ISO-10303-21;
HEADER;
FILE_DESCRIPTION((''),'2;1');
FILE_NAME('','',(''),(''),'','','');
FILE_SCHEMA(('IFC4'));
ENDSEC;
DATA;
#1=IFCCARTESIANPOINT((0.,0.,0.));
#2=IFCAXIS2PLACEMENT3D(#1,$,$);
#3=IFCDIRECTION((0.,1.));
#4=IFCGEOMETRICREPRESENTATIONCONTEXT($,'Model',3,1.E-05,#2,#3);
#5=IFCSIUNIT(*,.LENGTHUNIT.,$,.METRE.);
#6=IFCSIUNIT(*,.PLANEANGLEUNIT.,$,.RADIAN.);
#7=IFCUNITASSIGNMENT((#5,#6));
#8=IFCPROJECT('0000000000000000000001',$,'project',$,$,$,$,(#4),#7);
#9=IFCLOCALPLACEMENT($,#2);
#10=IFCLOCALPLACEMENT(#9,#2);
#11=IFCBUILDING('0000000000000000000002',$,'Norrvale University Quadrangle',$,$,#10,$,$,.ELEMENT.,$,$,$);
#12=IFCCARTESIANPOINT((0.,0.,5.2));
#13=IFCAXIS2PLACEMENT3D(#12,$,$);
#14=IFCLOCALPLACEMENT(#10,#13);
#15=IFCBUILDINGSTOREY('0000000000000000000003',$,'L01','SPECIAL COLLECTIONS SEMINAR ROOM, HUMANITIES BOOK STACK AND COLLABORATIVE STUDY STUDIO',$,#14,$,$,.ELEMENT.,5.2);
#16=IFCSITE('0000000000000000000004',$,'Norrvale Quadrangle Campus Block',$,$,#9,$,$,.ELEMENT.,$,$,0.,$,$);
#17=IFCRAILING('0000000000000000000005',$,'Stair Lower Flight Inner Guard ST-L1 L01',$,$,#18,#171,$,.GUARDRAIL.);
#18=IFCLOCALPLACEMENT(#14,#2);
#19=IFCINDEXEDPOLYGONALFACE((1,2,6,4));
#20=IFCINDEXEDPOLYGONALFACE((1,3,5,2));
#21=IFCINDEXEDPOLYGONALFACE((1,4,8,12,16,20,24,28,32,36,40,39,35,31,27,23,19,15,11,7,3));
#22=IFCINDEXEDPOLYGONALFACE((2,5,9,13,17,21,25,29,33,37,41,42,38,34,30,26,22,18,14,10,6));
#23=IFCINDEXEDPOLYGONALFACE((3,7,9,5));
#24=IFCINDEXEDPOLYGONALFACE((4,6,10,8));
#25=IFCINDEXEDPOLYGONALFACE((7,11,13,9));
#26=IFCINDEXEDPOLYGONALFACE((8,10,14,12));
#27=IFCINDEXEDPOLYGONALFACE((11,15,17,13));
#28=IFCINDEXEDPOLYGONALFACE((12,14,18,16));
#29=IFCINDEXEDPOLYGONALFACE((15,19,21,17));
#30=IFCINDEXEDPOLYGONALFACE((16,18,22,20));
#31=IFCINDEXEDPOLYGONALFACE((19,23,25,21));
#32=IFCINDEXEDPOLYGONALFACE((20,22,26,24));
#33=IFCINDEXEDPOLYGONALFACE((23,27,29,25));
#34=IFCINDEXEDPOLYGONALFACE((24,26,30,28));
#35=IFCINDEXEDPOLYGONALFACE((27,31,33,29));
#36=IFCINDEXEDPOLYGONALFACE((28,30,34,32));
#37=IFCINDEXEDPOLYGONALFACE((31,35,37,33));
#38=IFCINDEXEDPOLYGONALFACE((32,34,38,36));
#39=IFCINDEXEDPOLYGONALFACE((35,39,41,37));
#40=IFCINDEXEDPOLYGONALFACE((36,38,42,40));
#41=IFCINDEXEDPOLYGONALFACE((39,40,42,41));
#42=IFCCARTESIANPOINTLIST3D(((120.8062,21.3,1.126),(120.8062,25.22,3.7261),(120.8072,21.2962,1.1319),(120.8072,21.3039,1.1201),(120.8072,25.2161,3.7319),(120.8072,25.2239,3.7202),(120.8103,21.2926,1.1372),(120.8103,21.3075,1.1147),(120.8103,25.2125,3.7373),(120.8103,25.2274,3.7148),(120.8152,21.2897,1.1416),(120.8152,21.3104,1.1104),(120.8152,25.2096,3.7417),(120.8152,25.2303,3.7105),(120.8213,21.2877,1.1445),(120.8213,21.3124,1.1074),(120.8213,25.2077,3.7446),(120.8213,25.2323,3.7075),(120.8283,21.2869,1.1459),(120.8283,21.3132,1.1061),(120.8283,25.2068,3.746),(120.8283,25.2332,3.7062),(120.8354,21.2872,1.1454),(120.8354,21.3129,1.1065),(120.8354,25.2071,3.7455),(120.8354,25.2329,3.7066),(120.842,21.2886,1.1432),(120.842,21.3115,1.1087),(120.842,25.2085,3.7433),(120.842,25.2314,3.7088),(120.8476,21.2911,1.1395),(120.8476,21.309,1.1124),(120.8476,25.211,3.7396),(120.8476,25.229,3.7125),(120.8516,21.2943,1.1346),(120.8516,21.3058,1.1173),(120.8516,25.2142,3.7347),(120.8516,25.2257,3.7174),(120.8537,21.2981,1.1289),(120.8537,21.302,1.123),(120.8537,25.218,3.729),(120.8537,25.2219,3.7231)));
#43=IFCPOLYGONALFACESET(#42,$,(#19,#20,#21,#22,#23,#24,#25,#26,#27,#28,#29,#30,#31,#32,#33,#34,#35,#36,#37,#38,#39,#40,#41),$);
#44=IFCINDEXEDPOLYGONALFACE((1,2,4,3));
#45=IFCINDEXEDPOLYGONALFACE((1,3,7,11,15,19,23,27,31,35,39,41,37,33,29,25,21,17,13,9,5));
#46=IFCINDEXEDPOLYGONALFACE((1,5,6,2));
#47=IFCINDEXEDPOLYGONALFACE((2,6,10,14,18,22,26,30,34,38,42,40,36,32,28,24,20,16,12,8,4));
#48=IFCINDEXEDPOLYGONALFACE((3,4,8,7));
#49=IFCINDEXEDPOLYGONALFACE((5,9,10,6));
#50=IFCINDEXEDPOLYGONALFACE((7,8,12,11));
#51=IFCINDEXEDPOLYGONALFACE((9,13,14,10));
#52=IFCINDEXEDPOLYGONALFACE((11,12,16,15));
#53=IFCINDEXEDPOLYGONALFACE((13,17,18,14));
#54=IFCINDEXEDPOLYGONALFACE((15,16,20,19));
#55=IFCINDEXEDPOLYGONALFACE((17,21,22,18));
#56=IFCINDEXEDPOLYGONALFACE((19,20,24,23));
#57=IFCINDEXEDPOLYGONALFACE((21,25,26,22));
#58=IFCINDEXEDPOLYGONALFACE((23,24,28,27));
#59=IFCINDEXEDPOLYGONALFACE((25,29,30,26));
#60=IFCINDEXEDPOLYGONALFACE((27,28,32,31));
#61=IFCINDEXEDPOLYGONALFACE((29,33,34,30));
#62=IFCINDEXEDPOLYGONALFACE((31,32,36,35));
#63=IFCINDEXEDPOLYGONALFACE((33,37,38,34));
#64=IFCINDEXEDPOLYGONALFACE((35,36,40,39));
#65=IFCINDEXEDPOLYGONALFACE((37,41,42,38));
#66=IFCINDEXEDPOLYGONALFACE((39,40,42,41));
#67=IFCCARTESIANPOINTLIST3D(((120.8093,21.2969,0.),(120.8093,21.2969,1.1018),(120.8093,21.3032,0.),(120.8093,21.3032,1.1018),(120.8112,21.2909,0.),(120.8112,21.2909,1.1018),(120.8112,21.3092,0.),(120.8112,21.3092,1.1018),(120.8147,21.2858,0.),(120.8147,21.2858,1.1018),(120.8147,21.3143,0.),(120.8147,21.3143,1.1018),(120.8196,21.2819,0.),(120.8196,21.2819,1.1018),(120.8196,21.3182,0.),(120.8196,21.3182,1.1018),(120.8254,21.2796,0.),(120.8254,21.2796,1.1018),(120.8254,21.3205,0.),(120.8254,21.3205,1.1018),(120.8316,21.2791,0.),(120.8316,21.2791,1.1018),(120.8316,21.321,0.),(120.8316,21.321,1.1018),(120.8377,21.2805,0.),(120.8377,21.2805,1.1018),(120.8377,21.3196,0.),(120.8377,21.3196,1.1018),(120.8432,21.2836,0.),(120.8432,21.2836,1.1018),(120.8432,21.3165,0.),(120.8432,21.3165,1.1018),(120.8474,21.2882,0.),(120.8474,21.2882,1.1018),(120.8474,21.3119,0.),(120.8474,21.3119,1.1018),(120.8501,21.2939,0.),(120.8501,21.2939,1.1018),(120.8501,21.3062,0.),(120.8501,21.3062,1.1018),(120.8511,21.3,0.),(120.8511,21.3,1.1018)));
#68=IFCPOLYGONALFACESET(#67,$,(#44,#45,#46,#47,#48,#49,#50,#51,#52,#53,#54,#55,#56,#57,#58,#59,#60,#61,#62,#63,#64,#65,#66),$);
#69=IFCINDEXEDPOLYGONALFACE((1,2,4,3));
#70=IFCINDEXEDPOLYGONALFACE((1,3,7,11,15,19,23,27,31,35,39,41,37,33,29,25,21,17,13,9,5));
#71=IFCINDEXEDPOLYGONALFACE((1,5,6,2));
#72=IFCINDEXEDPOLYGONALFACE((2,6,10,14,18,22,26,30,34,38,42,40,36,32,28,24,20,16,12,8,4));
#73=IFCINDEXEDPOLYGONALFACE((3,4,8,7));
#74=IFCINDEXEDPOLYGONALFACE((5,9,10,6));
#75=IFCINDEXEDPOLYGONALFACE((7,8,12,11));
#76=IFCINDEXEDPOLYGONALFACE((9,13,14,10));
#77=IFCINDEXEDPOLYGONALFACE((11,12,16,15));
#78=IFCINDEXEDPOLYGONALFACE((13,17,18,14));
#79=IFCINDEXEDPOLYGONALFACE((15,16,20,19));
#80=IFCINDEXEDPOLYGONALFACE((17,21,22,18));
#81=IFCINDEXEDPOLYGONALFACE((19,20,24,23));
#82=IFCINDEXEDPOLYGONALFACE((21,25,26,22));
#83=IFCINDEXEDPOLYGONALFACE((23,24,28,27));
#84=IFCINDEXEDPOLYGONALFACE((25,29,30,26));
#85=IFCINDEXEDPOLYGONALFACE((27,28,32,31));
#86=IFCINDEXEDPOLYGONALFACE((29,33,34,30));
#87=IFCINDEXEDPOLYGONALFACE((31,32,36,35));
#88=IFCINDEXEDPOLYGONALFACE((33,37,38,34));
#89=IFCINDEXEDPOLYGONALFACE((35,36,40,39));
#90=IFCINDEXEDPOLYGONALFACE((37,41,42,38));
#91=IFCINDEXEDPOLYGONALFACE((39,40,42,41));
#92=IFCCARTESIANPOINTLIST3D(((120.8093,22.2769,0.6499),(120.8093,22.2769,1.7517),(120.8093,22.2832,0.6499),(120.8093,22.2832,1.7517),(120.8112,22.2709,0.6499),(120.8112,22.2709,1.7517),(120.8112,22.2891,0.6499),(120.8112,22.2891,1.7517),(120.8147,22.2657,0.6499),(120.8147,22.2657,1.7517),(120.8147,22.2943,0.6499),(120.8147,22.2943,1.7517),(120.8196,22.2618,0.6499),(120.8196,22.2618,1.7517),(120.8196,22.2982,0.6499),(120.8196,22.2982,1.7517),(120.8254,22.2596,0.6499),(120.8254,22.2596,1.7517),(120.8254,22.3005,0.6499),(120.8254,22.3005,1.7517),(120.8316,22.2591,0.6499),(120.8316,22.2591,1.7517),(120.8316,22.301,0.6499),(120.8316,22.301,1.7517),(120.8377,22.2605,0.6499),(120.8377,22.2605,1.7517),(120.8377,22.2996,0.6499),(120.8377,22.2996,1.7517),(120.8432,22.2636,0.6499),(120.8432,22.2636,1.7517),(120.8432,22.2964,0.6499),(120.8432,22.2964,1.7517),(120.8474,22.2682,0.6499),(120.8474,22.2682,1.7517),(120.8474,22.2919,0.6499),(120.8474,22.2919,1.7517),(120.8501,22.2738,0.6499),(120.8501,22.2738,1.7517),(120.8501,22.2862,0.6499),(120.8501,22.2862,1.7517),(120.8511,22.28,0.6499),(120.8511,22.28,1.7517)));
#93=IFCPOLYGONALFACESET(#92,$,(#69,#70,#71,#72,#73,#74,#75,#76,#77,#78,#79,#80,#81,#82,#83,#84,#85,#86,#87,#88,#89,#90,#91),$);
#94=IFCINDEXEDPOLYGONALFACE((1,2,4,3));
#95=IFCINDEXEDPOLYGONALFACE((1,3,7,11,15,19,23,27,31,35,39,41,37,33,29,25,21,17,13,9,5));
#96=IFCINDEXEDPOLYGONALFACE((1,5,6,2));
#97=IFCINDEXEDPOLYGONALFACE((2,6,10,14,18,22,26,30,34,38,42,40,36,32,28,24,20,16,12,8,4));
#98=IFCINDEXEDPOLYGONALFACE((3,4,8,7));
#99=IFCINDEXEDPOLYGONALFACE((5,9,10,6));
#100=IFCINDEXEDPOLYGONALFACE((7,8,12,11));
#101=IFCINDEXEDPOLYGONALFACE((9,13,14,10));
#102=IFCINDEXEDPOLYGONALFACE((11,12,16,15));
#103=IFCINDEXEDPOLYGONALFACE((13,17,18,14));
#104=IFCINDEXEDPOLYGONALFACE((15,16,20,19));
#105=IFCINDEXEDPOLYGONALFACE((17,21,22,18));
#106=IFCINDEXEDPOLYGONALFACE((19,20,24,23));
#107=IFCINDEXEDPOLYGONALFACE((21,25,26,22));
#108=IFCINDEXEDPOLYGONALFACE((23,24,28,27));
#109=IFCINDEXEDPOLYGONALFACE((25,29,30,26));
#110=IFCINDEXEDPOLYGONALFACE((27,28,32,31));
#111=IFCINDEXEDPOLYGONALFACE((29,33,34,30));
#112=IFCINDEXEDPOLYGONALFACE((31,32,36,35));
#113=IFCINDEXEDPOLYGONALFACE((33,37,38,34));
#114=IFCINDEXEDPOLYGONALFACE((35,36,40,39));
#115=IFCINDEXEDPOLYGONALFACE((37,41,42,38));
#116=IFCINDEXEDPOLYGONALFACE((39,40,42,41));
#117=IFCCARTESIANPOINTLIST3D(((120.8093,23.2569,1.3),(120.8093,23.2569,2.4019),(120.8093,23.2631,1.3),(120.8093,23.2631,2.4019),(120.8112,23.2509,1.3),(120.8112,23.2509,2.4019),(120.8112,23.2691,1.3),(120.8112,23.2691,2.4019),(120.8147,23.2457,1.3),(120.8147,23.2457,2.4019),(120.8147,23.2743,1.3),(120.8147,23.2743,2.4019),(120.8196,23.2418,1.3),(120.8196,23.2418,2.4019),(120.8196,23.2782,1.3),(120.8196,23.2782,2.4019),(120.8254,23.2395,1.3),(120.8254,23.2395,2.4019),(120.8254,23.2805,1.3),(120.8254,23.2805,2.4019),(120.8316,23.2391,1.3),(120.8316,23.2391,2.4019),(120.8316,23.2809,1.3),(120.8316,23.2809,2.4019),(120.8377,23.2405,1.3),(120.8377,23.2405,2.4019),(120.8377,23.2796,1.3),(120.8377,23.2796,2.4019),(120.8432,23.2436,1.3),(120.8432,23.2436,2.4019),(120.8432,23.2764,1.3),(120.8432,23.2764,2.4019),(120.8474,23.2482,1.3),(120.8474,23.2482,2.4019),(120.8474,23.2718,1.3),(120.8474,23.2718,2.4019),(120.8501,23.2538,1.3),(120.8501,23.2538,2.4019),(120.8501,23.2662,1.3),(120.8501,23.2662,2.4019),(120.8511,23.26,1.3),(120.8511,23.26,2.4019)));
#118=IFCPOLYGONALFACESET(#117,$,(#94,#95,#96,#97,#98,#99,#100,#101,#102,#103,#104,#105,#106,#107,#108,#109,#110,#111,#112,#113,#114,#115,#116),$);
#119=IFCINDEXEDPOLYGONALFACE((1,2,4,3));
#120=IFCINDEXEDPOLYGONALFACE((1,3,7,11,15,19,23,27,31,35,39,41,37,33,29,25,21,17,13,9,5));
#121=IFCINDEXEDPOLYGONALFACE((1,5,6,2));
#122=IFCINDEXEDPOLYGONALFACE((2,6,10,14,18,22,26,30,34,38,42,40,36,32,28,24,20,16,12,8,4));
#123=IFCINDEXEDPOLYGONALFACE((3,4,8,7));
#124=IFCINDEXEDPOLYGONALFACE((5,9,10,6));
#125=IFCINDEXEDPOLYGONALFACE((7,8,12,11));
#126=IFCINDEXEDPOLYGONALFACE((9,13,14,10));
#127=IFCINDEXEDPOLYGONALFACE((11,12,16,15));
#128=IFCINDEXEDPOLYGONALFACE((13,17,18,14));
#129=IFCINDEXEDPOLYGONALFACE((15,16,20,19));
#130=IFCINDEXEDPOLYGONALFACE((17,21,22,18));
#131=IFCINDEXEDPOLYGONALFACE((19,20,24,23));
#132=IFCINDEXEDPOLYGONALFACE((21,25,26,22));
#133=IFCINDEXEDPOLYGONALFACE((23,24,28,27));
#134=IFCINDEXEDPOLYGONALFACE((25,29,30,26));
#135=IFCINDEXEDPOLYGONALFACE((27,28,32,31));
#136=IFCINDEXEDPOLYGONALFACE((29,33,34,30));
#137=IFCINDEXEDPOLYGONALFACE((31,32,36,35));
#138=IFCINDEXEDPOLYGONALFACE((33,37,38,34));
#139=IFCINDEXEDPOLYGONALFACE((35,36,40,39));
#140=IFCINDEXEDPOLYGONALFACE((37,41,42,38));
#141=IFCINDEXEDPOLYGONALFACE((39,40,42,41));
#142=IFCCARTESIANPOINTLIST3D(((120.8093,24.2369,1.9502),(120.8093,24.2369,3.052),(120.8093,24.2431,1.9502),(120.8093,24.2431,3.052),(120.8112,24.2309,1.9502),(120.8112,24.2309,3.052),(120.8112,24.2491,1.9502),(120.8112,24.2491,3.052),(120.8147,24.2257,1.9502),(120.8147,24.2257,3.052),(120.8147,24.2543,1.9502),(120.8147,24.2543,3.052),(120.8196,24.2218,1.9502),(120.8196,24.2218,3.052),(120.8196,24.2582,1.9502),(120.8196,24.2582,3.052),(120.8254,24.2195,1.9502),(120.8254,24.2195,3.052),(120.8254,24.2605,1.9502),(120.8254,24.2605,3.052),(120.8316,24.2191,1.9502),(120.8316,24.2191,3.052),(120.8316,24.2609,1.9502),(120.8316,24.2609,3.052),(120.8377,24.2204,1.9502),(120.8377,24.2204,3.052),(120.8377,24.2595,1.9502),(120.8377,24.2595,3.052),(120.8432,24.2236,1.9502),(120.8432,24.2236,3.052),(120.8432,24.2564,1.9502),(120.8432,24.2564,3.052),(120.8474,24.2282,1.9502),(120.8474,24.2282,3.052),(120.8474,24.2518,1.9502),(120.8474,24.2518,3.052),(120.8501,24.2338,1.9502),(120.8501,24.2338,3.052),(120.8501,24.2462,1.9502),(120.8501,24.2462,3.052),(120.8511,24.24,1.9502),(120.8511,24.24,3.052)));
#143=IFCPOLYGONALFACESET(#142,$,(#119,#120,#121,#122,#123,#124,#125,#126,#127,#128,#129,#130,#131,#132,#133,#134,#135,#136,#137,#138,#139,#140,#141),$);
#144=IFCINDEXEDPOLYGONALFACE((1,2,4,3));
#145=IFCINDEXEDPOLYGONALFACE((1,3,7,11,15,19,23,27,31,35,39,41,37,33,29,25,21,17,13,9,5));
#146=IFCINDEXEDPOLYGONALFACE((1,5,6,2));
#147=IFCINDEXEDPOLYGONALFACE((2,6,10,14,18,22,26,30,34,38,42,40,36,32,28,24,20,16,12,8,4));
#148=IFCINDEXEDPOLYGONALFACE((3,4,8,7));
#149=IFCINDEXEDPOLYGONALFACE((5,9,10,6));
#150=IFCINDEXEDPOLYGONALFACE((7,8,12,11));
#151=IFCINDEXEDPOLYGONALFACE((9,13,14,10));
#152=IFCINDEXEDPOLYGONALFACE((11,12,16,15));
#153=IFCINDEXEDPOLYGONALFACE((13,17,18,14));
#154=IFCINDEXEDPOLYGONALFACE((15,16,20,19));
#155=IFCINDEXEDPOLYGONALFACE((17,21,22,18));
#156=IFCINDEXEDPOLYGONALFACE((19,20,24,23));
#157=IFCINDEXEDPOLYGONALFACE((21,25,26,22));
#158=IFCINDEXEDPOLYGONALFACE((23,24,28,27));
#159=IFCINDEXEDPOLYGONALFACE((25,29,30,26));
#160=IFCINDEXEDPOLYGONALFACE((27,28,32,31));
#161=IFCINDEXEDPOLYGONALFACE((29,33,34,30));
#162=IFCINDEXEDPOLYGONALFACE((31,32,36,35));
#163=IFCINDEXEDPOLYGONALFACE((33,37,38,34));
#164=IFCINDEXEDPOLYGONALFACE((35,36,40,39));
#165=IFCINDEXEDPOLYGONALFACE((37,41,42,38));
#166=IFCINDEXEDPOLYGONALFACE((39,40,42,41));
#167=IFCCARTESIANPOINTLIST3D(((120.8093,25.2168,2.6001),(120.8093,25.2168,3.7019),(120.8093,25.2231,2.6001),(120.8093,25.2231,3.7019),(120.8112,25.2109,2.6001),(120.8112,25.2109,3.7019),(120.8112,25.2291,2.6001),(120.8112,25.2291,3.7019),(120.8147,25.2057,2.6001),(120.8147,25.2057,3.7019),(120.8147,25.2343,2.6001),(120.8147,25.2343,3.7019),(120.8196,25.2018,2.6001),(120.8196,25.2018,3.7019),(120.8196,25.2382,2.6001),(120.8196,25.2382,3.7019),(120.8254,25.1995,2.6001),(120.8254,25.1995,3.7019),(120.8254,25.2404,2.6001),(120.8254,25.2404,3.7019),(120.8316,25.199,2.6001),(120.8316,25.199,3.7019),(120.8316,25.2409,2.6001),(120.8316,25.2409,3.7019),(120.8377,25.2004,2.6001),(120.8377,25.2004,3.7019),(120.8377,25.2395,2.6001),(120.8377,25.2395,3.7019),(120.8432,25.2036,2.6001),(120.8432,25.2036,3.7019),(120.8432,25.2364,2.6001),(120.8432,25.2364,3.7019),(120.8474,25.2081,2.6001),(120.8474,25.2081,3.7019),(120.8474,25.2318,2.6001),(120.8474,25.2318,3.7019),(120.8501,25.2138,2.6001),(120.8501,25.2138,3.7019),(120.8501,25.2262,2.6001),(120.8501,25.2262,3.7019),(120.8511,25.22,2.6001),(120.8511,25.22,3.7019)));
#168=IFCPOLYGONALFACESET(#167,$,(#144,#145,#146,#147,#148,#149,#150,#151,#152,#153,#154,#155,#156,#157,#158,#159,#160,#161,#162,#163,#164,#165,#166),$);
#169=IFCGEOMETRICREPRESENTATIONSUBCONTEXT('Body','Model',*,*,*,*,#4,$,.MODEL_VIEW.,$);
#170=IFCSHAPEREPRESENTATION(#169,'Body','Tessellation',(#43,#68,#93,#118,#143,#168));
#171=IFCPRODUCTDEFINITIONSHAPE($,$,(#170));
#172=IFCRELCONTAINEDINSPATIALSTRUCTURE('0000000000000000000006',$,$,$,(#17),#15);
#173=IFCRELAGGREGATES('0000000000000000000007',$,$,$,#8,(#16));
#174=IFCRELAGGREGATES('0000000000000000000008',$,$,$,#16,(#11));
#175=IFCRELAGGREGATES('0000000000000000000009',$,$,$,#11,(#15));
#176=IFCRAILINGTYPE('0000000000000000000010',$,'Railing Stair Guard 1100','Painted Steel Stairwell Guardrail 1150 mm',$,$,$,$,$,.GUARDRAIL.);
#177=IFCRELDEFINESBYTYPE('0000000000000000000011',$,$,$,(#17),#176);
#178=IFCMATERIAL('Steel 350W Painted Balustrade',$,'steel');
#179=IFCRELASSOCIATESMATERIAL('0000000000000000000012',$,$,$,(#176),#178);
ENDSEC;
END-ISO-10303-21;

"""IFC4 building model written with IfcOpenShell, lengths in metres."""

from ifc_helpers import new_model, si_unit, direction, frame, origin, origin_2d, place, context, subcontext, project, spatial, circle, extrude, material, type_object, element, save


model = new_model("IFC4")

# Units and contexts
model_context = context("Model", 3, precision=1e-05, world=origin(), true_north=direction((0.0, 1.0)))
body_context = subcontext(model_context, "Body", "Model", "MODEL_VIEW")
ifc_project = project(units=[si_unit("LENGTHUNIT", "METRE"), si_unit("PLANEANGLEUNIT", "RADIAN")], contexts=[model_context])

# Site, building, storey
site_placement = place(None, origin())
site = spatial("IfcSite", under=ifc_project, at=site_placement, Name="Norrvale Quadrangle Campus Block", CompositionType="ELEMENT", RefElevation=0.0)
building_placement = place(site_placement, origin())
building = spatial("IfcBuilding", under=site, at=building_placement, Name="Norrvale University Quadrangle", CompositionType="ELEMENT")
storey_placement = place(building_placement, frame((0.0, 0.0, 5.2)))
storey = spatial("IfcBuildingStorey", under=building, at=storey_placement, Name="L01", Description="SPECIAL COLLECTIONS SEMINAR ROOM, HUMANITIES BOOK STACK AND COLLABORATIVE STUDY STUDIO", CompositionType="ELEMENT", Elevation=5.2)

# Railing
ifc_material_1 = material(Name="Steel 350W Painted Balustrade", Category="steel")
railing_type_1 = type_object("IfcRailingType", Name="Railing Stair Guard 1100", Description="Painted Steel Stairwell Guardrail 1150 mm", PredefinedType="GUARDRAIL", material=ifc_material_1)
railing_1_placement = place(storey_placement, frame((120.8301, 21.3, 0.0)))
element("IfcRailing", 1, at=railing_1_placement, inside=storey, type_object=railing_type_1, Name="Stair Lower Flight Inner Guard ST-L1 L01", PredefinedType="GUARDRAIL", context=body_context, shape_type="SweptSolid", body=[
    extrude(circle(Radius=0.0239, at=origin_2d()), frame((0.0, 0.0, 1.126), z_axis=(0.0, 0.833342, 0.552758), x_axis=(-1.0, 0.0, 0.0)), (0.0, 0.0, 1.0), 4.7039),
    extrude(circle(Radius=0.021, at=origin_2d()), origin(), (0.0, 0.0, 1.0), 1.1018),
    extrude(circle(Radius=0.021, at=origin_2d()), frame((0.0, 0.98, 0.6499)), (0.0, 0.0, 1.0), 1.1018),
    extrude(circle(Radius=0.021, at=origin_2d()), frame((0.0, 1.96, 1.3)), (0.0, 0.0, 1.0), 1.1018),
    extrude(circle(Radius=0.021, at=origin_2d()), frame((0.0, 2.9399, 1.9502)), (0.0, 0.0, 1.0), 1.1018),
    extrude(circle(Radius=0.021, at=origin_2d()), frame((0.0, 3.9199, 2.6001)), (0.0, 0.0, 1.0), 1.1018),
])

save(model, "model.ifc")
